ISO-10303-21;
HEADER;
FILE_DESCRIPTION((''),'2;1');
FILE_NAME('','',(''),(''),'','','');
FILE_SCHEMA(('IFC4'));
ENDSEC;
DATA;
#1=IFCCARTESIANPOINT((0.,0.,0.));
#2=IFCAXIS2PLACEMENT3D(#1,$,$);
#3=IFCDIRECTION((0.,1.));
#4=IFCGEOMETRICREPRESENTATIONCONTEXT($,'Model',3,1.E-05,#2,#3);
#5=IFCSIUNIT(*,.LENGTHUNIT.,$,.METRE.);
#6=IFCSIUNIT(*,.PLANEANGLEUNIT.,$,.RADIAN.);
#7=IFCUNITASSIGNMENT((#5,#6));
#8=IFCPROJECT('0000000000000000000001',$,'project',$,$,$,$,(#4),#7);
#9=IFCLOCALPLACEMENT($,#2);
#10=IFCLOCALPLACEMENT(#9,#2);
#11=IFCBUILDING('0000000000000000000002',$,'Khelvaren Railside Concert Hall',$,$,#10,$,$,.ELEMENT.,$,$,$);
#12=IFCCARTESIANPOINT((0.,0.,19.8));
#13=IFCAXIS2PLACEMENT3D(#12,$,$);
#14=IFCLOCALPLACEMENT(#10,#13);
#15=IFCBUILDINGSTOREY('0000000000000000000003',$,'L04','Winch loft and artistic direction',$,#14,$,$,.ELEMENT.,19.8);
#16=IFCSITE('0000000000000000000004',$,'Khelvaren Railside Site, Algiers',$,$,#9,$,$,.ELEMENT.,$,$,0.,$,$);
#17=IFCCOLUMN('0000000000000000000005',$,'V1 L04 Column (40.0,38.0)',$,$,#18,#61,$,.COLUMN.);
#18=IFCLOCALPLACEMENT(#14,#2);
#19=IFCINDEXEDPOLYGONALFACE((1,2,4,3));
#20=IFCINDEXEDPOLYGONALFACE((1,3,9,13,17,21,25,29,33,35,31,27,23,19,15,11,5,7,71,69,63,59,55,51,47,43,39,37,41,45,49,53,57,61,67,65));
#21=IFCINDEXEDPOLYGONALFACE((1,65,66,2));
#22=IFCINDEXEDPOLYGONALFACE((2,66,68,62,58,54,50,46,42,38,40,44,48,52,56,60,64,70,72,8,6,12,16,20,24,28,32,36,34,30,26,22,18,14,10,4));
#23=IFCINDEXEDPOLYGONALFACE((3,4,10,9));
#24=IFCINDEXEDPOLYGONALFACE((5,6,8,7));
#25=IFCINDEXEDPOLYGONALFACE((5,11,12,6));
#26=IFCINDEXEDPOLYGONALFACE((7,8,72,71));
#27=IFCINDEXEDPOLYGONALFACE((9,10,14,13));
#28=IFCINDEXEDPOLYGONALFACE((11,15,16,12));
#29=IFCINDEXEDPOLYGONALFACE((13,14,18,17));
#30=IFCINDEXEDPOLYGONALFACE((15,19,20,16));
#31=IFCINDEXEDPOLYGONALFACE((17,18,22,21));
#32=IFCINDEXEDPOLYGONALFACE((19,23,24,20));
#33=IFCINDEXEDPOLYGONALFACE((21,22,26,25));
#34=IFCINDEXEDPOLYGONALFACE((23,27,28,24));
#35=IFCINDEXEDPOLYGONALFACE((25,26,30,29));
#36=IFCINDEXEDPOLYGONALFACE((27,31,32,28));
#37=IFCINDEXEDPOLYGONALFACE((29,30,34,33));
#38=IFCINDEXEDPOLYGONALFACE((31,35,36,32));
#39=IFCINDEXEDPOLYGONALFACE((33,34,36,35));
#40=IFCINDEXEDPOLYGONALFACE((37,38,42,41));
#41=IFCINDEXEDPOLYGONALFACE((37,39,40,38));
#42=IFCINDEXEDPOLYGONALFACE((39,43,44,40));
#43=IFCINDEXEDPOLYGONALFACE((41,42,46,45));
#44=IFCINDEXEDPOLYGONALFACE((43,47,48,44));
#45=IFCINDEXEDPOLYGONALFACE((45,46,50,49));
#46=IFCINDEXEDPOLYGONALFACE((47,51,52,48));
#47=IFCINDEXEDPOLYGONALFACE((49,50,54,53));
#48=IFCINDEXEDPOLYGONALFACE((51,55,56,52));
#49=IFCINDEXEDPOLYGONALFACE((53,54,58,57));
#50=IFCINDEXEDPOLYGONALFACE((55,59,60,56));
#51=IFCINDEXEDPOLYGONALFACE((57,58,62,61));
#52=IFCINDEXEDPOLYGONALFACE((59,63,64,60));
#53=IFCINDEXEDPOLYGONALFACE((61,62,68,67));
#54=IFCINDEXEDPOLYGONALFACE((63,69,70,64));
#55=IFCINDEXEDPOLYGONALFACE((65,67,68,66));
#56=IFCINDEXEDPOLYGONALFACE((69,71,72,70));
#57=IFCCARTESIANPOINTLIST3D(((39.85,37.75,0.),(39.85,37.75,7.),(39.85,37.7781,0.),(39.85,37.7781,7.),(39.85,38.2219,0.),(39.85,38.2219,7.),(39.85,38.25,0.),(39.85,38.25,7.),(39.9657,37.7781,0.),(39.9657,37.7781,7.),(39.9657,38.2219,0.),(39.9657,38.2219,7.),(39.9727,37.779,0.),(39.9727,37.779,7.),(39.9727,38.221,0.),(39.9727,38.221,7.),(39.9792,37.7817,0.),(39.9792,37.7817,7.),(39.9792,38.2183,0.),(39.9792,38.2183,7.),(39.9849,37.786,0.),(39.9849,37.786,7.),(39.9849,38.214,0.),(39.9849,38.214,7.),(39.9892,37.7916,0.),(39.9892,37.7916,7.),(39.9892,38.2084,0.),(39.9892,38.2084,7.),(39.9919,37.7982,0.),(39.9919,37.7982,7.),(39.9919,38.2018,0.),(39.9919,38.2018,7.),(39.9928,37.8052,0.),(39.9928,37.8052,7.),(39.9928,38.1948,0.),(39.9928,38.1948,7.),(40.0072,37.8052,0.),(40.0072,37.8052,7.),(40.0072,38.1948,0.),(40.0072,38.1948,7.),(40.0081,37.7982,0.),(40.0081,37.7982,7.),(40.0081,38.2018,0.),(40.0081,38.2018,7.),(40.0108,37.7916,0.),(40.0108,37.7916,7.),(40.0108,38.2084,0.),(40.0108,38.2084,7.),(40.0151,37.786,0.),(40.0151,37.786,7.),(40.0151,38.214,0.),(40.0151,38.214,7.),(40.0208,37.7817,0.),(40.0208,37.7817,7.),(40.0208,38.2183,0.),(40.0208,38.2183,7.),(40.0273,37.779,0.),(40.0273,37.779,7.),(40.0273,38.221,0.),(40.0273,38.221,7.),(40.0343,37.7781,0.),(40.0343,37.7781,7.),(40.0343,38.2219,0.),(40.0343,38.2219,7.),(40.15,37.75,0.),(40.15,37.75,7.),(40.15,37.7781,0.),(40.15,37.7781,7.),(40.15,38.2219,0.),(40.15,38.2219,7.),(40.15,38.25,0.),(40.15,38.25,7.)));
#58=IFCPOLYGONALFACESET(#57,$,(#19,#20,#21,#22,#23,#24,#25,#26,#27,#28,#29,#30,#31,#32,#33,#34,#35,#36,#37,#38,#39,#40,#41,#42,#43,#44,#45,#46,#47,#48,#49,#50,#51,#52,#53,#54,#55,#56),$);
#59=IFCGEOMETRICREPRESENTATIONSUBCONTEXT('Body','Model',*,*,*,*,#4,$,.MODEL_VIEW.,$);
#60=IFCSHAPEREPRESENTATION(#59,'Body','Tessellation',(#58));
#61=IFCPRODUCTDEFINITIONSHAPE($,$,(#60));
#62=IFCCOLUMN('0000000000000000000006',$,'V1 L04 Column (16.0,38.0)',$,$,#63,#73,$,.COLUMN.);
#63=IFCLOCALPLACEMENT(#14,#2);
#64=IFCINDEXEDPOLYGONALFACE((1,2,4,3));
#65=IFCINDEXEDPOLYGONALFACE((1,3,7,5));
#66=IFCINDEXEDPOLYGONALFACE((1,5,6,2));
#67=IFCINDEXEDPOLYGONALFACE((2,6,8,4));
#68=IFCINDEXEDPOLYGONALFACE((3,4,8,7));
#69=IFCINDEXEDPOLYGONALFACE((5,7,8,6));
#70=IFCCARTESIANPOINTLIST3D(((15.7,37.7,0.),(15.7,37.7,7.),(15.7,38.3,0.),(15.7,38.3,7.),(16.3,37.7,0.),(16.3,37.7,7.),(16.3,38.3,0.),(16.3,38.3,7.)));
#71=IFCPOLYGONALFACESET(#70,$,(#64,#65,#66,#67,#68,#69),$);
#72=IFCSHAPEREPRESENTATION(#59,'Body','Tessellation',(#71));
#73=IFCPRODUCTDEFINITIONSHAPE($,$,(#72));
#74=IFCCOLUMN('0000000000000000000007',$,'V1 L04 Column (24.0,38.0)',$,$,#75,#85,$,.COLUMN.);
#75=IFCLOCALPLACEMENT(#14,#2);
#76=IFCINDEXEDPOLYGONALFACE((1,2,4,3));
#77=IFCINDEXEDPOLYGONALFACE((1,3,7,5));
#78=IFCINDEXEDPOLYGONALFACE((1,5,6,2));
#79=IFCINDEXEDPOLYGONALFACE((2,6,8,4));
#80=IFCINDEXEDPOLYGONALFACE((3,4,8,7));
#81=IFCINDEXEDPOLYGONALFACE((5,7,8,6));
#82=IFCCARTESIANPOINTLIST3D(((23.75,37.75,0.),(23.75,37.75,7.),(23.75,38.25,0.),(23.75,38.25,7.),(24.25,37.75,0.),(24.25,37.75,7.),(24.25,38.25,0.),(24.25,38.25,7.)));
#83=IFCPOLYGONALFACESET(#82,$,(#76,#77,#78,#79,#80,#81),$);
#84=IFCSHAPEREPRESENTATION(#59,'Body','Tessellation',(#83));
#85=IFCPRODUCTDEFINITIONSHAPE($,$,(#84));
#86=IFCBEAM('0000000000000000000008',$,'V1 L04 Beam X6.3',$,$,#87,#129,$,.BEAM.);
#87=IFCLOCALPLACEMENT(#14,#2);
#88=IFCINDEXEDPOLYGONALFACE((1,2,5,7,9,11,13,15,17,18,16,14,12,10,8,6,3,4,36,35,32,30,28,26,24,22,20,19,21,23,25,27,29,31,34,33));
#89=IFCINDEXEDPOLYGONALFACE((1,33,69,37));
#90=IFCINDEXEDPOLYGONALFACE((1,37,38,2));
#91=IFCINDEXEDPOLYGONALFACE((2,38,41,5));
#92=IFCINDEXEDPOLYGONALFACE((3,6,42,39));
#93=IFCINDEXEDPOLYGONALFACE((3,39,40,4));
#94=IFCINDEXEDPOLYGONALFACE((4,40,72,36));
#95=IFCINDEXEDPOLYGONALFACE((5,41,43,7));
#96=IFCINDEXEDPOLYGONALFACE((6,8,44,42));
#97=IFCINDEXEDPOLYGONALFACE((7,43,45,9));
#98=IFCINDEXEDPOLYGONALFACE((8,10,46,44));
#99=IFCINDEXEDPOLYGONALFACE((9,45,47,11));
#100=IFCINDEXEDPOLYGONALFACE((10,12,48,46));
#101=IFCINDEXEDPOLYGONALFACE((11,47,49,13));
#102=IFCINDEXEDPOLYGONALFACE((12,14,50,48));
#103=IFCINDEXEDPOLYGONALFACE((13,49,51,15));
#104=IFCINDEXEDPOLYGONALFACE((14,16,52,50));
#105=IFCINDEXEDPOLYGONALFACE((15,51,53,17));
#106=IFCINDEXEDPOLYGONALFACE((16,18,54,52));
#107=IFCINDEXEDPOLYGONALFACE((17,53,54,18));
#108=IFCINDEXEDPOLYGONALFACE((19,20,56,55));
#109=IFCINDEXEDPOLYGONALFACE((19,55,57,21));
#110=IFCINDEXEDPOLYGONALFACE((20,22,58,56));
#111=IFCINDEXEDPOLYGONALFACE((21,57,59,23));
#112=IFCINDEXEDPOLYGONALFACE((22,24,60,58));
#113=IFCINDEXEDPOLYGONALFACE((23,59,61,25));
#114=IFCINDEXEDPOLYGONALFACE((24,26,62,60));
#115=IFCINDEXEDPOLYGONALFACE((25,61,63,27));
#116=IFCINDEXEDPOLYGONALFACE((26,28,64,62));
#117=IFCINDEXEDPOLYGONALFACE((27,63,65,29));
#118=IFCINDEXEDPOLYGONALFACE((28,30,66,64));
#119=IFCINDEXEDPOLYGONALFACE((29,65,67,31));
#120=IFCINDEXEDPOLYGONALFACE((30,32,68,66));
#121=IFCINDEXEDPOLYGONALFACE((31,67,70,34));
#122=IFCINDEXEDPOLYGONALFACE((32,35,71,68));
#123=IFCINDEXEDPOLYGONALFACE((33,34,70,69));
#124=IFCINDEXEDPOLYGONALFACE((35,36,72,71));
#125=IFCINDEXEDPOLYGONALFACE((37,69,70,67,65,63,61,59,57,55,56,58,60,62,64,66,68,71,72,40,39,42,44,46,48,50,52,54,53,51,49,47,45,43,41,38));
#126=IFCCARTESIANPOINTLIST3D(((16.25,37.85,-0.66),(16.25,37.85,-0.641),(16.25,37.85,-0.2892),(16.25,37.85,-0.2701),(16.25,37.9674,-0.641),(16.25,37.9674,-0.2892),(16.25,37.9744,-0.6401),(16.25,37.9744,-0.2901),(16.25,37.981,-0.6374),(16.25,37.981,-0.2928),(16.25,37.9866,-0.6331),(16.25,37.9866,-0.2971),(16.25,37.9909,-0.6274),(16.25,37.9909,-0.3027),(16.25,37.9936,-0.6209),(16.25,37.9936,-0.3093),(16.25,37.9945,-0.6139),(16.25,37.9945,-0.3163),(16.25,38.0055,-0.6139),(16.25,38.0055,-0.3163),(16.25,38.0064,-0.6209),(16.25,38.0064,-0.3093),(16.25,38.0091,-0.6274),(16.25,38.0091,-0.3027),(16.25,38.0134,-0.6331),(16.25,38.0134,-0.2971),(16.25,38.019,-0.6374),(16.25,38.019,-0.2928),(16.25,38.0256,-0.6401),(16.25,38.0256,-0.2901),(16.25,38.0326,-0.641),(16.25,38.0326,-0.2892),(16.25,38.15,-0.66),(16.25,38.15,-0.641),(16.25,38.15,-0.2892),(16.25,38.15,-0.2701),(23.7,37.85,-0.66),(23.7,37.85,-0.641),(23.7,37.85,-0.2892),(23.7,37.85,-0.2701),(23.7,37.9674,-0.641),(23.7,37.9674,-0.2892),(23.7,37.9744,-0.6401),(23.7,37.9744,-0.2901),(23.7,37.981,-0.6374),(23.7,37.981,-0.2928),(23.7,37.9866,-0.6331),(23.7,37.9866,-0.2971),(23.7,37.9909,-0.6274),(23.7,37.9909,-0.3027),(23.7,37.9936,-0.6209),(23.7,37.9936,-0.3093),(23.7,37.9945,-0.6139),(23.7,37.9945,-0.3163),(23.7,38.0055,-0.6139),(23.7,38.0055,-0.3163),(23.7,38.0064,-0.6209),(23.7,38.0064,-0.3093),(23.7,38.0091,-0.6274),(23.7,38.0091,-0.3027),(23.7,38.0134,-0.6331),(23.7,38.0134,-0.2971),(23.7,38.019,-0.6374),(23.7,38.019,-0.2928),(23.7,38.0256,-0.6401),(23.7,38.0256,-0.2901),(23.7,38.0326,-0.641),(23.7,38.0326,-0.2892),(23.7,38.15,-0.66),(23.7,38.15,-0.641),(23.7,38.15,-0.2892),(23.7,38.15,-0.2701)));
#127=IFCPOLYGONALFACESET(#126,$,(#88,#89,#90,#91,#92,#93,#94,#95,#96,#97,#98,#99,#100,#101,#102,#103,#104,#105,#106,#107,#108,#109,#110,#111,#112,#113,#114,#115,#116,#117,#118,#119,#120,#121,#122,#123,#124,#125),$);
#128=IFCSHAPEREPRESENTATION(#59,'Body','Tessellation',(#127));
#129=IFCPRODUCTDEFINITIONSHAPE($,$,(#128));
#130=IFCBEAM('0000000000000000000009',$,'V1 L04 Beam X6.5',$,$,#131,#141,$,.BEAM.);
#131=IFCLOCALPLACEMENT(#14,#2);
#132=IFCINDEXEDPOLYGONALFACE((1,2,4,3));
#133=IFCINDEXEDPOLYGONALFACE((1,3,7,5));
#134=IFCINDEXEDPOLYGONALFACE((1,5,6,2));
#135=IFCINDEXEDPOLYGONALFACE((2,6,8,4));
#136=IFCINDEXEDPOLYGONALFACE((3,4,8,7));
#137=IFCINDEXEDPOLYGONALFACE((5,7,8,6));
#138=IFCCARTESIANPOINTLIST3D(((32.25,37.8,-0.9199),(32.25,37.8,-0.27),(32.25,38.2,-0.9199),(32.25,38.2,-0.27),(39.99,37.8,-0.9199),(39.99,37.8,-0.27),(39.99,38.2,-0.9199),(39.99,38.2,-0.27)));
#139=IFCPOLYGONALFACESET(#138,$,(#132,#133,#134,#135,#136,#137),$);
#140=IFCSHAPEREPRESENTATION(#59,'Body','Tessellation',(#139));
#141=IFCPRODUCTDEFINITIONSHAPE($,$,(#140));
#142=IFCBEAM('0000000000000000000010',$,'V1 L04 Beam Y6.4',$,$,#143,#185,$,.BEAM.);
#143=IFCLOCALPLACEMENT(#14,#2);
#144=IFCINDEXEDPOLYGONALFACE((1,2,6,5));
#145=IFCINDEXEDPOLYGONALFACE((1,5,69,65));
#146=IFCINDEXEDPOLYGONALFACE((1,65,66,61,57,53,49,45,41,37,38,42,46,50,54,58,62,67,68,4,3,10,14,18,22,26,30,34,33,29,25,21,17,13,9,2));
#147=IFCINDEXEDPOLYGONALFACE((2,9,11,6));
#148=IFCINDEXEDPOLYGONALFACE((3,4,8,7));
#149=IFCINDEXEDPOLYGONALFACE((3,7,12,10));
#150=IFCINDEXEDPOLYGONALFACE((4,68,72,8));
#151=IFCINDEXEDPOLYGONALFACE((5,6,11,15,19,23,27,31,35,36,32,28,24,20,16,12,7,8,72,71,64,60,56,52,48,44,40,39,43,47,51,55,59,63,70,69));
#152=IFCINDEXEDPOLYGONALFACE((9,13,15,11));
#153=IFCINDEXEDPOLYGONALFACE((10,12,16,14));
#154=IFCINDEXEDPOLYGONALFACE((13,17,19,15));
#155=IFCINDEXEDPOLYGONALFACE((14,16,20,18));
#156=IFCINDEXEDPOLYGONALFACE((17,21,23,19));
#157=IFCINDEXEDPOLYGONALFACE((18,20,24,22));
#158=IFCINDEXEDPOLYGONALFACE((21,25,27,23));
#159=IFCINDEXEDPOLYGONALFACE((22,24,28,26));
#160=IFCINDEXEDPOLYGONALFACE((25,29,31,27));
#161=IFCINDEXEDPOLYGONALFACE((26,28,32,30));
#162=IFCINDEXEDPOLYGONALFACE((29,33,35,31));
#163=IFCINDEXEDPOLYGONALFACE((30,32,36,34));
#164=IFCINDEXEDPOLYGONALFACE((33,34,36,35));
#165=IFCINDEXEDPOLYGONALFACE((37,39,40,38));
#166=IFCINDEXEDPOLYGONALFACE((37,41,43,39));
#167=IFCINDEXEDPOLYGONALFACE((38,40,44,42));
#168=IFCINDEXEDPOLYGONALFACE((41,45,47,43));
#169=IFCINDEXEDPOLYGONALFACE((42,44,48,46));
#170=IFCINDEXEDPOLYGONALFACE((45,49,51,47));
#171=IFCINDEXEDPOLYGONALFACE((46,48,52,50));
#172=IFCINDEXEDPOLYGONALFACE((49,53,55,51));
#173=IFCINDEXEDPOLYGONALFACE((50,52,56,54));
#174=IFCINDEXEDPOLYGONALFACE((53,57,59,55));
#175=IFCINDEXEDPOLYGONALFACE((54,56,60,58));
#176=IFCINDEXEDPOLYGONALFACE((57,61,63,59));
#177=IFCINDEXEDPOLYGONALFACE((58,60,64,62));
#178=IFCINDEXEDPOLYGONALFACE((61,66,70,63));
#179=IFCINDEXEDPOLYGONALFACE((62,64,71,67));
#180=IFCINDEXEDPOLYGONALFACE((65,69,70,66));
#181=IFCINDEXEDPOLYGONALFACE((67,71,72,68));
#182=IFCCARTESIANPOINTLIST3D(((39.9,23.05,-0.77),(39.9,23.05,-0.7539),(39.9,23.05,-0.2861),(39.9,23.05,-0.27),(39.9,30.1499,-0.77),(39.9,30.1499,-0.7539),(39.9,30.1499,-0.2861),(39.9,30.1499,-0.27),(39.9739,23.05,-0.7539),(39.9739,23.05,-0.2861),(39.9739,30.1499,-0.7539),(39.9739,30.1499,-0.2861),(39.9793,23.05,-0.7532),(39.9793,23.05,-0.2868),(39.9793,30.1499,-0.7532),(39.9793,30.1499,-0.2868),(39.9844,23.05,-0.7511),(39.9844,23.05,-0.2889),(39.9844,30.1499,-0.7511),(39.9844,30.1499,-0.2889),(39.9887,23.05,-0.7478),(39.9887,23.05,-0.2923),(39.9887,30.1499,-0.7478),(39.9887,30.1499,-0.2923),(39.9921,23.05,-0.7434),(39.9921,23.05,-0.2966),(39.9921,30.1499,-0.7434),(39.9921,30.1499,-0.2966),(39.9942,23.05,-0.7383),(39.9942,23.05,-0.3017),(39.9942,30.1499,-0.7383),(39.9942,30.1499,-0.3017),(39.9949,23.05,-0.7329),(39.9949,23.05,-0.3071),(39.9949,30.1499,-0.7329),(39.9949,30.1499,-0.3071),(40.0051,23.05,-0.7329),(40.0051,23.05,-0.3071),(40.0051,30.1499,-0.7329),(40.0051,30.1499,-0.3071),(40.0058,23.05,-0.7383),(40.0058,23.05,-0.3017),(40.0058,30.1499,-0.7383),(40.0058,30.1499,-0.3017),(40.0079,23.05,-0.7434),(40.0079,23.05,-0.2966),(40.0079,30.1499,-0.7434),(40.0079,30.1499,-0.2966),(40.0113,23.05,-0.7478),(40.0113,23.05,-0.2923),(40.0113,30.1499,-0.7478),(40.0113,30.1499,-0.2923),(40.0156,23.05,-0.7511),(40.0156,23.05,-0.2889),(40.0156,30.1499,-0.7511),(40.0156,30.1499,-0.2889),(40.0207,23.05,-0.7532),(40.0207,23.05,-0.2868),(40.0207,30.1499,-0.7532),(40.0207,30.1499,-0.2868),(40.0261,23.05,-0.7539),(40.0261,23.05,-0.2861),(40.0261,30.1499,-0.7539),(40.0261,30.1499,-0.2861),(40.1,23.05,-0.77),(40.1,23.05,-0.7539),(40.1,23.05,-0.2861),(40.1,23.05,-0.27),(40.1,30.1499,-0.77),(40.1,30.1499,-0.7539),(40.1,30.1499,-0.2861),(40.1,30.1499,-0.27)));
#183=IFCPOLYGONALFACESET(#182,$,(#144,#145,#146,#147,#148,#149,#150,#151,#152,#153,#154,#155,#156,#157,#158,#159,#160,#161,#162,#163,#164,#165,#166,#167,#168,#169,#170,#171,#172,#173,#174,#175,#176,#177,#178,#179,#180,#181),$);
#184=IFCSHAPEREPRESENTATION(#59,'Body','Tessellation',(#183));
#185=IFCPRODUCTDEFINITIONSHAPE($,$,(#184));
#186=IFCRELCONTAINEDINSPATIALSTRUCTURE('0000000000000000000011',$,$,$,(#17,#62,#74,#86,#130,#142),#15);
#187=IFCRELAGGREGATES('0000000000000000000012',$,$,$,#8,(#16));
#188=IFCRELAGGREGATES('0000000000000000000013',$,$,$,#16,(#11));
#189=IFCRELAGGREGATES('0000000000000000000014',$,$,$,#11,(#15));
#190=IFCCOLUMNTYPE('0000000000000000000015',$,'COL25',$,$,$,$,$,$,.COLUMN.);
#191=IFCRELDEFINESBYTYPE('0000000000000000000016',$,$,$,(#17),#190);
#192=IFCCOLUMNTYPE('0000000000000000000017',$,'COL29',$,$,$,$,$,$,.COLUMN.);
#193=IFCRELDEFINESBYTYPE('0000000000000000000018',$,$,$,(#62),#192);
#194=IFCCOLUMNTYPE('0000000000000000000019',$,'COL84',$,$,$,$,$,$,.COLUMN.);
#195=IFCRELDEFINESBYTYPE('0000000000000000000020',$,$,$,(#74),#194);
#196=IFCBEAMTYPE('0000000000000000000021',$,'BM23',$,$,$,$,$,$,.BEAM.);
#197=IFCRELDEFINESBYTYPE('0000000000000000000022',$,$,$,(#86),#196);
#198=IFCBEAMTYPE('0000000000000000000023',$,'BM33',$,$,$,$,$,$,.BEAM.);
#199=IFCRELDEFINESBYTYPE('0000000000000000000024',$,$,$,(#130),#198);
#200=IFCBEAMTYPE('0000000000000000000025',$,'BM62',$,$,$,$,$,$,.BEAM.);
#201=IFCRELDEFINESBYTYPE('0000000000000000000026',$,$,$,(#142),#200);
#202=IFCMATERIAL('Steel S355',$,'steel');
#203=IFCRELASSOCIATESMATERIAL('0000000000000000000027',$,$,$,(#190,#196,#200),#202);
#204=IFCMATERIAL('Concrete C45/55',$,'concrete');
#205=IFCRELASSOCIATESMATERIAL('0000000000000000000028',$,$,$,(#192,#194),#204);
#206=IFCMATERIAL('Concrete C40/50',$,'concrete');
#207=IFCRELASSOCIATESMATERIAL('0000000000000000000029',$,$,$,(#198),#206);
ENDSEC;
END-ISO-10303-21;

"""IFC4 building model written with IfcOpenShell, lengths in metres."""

from ifc_helpers import new_model, si_unit, direction, frame, origin, origin_2d, place, context, subcontext, project, spatial, rectangle, i_section, extrude, material, material_profile, profile_set, type_object, element, save


model = new_model("IFC4")

# Units and contexts
model_context = context("Model", 3, precision=1e-05, world=origin(), true_north=direction((0.0, 1.0)))
body_context = subcontext(model_context, "Body", "Model", "MODEL_VIEW")
ifc_project = project(units=[si_unit("LENGTHUNIT", "METRE"), si_unit("PLANEANGLEUNIT", "RADIAN")], contexts=[model_context])

# Site, building, storey
site_placement = place(None, origin())
site = spatial("IfcSite", under=ifc_project, at=site_placement, Name="Khelvaren Railside Site, Algiers", CompositionType="ELEMENT", RefElevation=0.0)
building_placement = place(site_placement, origin())
building = spatial("IfcBuilding", under=site, at=building_placement, Name="Khelvaren Railside Concert Hall", CompositionType="ELEMENT")
storey_placement = place(building_placement, frame((0.0, 0.0, 19.8)))
storey = spatial("IfcBuildingStorey", under=building, at=storey_placement, Name="L04", Description="Winch loft and artistic direction", CompositionType="ELEMENT", Elevation=19.8)

# Columns
ifc_material_1 = material(Name="Concrete C45/55", Category="concrete")
ifc_material_2 = material(Name="Steel S355", Category="steel")
ifc_material_profile_1 = material_profile(ifc_material_2, i_section(OverallWidth=0.3, OverallDepth=0.5, WebThickness=0.0144, FlangeThickness=0.0281, FilletRadius=0.0271, at=origin_2d()), Name="HEB 500")
ifc_profile_set_1 = profile_set([ifc_material_profile_1], Name="Steel S355")
column_type_1 = type_object("IfcColumnType", Name="COL25", PredefinedType="COLUMN", material=ifc_profile_set_1)
for number, where, z_axis, x_axis, name in (
    (1, (40.0, 38.0, 0.0), (0.0, 0.0, 1.0), (1.0, 0.0, 0.0), "V1 L04 Column (40.0,38.0)"),
):
    element("IfcColumn", number, at=place(storey_placement, frame(where, z_axis=z_axis, x_axis=x_axis)), inside=storey, type_object=column_type_1, Name=name, PredefinedType="COLUMN", context=body_context, shape_type="SweptSolid", body=[
        extrude(i_section(OverallWidth=0.3, OverallDepth=0.5, WebThickness=0.0144, FlangeThickness=0.0281, FilletRadius=0.0271, at=origin_2d()), origin(), (0.0, 0.0, 1.0), 7.0),
    ])
ifc_material_profile_2 = material_profile(ifc_material_1, rectangle(XDim=0.6001, YDim=0.6001, at=origin_2d()), Name="RC 600x600")
ifc_profile_set_2 = profile_set([ifc_material_profile_2], Name="Concrete C45/55")
column_type_2 = type_object("IfcColumnType", Name="COL29", PredefinedType="COLUMN", material=ifc_profile_set_2)
column_1_placement = place(storey_placement, frame((16.0, 38.0, 0.0), z_axis=(0.0, 0.0, 1.0), x_axis=(1.0, 0.0, 0.0)))
element("IfcColumn", 2, at=column_1_placement, inside=storey, type_object=column_type_2, Name="V1 L04 Column (16.0,38.0)", PredefinedType="COLUMN", context=body_context, shape_type="SweptSolid", body=[
    extrude(rectangle(XDim=0.6001, YDim=0.6001, at=origin_2d()), origin(), (0.0, 0.0, 1.0), 7.0),
])
ifc_material_profile_3 = material_profile(ifc_material_1, rectangle(XDim=0.5, YDim=0.5, at=origin_2d()), Name="RC 500x500")
ifc_profile_set_3 = profile_set([ifc_material_profile_3], Name="Concrete C45/55")
column_type_3 = type_object("IfcColumnType", Name="COL84", PredefinedType="COLUMN", material=ifc_profile_set_3)
column_2_placement = place(storey_placement, frame((24.0, 38.0, 0.0), z_axis=(0.0, 0.0, 1.0), x_axis=(1.0, 0.0, 0.0)))
element("IfcColumn", 3, at=column_2_placement, inside=storey, type_object=column_type_3, Name="V1 L04 Column (24.0,38.0)", PredefinedType="COLUMN", context=body_context, shape_type="SweptSolid", body=[
    extrude(rectangle(XDim=0.5, YDim=0.5, at=origin_2d()), origin(), (0.0, 0.0, 1.0), 7.0),
])

# Beams
ifc_material_profile_4 = material_profile(ifc_material_2, i_section(OverallWidth=0.3, OverallDepth=0.3899, WebThickness=0.011, FlangeThickness=0.019, FilletRadius=0.0271, at=origin_2d()), Name="HEA 400")
ifc_profile_set_4 = profile_set([ifc_material_profile_4], Name="Steel S355")
beam_type_1 = type_object("IfcBeamType", Name="BM23", PredefinedType="BEAM", material=ifc_profile_set_4)
beam_1_placement = place(storey_placement, frame((16.25, 38.0, -0.4651), z_axis=(1.0, 0.0, 0.0), x_axis=(0.0, 1.0, 0.0)))
element("IfcBeam", 4, at=beam_1_placement, inside=storey, type_object=beam_type_1, Name="V1 L04 Beam X6.3", PredefinedType="BEAM", context=body_context, shape_type="SweptSolid", body=[
    extrude(i_section(OverallWidth=0.3, OverallDepth=0.3899, WebThickness=0.011, FlangeThickness=0.019, FilletRadius=0.0271, at=origin_2d()), origin(), (0.0, 0.0, 1.0), 7.45),
])
ifc_material_3 = material(Name="Concrete C40/50", Category="concrete")
ifc_material_profile_5 = material_profile(ifc_material_3, rectangle(XDim=0.3999, YDim=0.6499, at=origin_2d()), Name="RCB 400x650")
ifc_profile_set_5 = profile_set([ifc_material_profile_5], Name="Concrete C40/50")
beam_type_2 = type_object("IfcBeamType", Name="BM33", PredefinedType="BEAM", material=ifc_profile_set_5)
beam_2_placement = place(storey_placement, frame((32.25, 38.0, -0.595), z_axis=(1.0, 0.0, 0.0), x_axis=(0.0, 1.0, 0.0)))
element("IfcBeam", 5, at=beam_2_placement, inside=storey, type_object=beam_type_2, Name="V1 L04 Beam X6.5", PredefinedType="BEAM", context=body_context, shape_type="SweptSolid", body=[
    extrude(rectangle(XDim=0.3999, YDim=0.6499, at=origin_2d()), origin(), (0.0, 0.0, 1.0), 7.74),
])
ifc_material_profile_6 = material_profile(ifc_material_2, i_section(OverallWidth=0.2, OverallDepth=0.5, WebThickness=0.0103, FlangeThickness=0.0161, FilletRadius=0.021, at=origin_2d()), Name="IPE 500")
ifc_profile_set_6 = profile_set([ifc_material_profile_6], Name="Steel S355")
beam_type_3 = type_object("IfcBeamType", Name="BM62", PredefinedType="BEAM", material=ifc_profile_set_6)
beam_3_placement = place(storey_placement, frame((40.0, 23.05, -0.52), z_axis=(0.0, 1.0, 0.0), x_axis=(-1.0, 0.0, 0.0)))
element("IfcBeam", 6, at=beam_3_placement, inside=storey, type_object=beam_type_3, Name="V1 L04 Beam Y6.4", PredefinedType="BEAM", context=body_context, shape_type="SweptSolid", body=[
    extrude(i_section(OverallWidth=0.2, OverallDepth=0.5, WebThickness=0.0103, FlangeThickness=0.0161, FilletRadius=0.021, at=origin_2d()), origin(), (0.0, 0.0, 1.0), 7.0999),
])

save(model, "model.ifc")
